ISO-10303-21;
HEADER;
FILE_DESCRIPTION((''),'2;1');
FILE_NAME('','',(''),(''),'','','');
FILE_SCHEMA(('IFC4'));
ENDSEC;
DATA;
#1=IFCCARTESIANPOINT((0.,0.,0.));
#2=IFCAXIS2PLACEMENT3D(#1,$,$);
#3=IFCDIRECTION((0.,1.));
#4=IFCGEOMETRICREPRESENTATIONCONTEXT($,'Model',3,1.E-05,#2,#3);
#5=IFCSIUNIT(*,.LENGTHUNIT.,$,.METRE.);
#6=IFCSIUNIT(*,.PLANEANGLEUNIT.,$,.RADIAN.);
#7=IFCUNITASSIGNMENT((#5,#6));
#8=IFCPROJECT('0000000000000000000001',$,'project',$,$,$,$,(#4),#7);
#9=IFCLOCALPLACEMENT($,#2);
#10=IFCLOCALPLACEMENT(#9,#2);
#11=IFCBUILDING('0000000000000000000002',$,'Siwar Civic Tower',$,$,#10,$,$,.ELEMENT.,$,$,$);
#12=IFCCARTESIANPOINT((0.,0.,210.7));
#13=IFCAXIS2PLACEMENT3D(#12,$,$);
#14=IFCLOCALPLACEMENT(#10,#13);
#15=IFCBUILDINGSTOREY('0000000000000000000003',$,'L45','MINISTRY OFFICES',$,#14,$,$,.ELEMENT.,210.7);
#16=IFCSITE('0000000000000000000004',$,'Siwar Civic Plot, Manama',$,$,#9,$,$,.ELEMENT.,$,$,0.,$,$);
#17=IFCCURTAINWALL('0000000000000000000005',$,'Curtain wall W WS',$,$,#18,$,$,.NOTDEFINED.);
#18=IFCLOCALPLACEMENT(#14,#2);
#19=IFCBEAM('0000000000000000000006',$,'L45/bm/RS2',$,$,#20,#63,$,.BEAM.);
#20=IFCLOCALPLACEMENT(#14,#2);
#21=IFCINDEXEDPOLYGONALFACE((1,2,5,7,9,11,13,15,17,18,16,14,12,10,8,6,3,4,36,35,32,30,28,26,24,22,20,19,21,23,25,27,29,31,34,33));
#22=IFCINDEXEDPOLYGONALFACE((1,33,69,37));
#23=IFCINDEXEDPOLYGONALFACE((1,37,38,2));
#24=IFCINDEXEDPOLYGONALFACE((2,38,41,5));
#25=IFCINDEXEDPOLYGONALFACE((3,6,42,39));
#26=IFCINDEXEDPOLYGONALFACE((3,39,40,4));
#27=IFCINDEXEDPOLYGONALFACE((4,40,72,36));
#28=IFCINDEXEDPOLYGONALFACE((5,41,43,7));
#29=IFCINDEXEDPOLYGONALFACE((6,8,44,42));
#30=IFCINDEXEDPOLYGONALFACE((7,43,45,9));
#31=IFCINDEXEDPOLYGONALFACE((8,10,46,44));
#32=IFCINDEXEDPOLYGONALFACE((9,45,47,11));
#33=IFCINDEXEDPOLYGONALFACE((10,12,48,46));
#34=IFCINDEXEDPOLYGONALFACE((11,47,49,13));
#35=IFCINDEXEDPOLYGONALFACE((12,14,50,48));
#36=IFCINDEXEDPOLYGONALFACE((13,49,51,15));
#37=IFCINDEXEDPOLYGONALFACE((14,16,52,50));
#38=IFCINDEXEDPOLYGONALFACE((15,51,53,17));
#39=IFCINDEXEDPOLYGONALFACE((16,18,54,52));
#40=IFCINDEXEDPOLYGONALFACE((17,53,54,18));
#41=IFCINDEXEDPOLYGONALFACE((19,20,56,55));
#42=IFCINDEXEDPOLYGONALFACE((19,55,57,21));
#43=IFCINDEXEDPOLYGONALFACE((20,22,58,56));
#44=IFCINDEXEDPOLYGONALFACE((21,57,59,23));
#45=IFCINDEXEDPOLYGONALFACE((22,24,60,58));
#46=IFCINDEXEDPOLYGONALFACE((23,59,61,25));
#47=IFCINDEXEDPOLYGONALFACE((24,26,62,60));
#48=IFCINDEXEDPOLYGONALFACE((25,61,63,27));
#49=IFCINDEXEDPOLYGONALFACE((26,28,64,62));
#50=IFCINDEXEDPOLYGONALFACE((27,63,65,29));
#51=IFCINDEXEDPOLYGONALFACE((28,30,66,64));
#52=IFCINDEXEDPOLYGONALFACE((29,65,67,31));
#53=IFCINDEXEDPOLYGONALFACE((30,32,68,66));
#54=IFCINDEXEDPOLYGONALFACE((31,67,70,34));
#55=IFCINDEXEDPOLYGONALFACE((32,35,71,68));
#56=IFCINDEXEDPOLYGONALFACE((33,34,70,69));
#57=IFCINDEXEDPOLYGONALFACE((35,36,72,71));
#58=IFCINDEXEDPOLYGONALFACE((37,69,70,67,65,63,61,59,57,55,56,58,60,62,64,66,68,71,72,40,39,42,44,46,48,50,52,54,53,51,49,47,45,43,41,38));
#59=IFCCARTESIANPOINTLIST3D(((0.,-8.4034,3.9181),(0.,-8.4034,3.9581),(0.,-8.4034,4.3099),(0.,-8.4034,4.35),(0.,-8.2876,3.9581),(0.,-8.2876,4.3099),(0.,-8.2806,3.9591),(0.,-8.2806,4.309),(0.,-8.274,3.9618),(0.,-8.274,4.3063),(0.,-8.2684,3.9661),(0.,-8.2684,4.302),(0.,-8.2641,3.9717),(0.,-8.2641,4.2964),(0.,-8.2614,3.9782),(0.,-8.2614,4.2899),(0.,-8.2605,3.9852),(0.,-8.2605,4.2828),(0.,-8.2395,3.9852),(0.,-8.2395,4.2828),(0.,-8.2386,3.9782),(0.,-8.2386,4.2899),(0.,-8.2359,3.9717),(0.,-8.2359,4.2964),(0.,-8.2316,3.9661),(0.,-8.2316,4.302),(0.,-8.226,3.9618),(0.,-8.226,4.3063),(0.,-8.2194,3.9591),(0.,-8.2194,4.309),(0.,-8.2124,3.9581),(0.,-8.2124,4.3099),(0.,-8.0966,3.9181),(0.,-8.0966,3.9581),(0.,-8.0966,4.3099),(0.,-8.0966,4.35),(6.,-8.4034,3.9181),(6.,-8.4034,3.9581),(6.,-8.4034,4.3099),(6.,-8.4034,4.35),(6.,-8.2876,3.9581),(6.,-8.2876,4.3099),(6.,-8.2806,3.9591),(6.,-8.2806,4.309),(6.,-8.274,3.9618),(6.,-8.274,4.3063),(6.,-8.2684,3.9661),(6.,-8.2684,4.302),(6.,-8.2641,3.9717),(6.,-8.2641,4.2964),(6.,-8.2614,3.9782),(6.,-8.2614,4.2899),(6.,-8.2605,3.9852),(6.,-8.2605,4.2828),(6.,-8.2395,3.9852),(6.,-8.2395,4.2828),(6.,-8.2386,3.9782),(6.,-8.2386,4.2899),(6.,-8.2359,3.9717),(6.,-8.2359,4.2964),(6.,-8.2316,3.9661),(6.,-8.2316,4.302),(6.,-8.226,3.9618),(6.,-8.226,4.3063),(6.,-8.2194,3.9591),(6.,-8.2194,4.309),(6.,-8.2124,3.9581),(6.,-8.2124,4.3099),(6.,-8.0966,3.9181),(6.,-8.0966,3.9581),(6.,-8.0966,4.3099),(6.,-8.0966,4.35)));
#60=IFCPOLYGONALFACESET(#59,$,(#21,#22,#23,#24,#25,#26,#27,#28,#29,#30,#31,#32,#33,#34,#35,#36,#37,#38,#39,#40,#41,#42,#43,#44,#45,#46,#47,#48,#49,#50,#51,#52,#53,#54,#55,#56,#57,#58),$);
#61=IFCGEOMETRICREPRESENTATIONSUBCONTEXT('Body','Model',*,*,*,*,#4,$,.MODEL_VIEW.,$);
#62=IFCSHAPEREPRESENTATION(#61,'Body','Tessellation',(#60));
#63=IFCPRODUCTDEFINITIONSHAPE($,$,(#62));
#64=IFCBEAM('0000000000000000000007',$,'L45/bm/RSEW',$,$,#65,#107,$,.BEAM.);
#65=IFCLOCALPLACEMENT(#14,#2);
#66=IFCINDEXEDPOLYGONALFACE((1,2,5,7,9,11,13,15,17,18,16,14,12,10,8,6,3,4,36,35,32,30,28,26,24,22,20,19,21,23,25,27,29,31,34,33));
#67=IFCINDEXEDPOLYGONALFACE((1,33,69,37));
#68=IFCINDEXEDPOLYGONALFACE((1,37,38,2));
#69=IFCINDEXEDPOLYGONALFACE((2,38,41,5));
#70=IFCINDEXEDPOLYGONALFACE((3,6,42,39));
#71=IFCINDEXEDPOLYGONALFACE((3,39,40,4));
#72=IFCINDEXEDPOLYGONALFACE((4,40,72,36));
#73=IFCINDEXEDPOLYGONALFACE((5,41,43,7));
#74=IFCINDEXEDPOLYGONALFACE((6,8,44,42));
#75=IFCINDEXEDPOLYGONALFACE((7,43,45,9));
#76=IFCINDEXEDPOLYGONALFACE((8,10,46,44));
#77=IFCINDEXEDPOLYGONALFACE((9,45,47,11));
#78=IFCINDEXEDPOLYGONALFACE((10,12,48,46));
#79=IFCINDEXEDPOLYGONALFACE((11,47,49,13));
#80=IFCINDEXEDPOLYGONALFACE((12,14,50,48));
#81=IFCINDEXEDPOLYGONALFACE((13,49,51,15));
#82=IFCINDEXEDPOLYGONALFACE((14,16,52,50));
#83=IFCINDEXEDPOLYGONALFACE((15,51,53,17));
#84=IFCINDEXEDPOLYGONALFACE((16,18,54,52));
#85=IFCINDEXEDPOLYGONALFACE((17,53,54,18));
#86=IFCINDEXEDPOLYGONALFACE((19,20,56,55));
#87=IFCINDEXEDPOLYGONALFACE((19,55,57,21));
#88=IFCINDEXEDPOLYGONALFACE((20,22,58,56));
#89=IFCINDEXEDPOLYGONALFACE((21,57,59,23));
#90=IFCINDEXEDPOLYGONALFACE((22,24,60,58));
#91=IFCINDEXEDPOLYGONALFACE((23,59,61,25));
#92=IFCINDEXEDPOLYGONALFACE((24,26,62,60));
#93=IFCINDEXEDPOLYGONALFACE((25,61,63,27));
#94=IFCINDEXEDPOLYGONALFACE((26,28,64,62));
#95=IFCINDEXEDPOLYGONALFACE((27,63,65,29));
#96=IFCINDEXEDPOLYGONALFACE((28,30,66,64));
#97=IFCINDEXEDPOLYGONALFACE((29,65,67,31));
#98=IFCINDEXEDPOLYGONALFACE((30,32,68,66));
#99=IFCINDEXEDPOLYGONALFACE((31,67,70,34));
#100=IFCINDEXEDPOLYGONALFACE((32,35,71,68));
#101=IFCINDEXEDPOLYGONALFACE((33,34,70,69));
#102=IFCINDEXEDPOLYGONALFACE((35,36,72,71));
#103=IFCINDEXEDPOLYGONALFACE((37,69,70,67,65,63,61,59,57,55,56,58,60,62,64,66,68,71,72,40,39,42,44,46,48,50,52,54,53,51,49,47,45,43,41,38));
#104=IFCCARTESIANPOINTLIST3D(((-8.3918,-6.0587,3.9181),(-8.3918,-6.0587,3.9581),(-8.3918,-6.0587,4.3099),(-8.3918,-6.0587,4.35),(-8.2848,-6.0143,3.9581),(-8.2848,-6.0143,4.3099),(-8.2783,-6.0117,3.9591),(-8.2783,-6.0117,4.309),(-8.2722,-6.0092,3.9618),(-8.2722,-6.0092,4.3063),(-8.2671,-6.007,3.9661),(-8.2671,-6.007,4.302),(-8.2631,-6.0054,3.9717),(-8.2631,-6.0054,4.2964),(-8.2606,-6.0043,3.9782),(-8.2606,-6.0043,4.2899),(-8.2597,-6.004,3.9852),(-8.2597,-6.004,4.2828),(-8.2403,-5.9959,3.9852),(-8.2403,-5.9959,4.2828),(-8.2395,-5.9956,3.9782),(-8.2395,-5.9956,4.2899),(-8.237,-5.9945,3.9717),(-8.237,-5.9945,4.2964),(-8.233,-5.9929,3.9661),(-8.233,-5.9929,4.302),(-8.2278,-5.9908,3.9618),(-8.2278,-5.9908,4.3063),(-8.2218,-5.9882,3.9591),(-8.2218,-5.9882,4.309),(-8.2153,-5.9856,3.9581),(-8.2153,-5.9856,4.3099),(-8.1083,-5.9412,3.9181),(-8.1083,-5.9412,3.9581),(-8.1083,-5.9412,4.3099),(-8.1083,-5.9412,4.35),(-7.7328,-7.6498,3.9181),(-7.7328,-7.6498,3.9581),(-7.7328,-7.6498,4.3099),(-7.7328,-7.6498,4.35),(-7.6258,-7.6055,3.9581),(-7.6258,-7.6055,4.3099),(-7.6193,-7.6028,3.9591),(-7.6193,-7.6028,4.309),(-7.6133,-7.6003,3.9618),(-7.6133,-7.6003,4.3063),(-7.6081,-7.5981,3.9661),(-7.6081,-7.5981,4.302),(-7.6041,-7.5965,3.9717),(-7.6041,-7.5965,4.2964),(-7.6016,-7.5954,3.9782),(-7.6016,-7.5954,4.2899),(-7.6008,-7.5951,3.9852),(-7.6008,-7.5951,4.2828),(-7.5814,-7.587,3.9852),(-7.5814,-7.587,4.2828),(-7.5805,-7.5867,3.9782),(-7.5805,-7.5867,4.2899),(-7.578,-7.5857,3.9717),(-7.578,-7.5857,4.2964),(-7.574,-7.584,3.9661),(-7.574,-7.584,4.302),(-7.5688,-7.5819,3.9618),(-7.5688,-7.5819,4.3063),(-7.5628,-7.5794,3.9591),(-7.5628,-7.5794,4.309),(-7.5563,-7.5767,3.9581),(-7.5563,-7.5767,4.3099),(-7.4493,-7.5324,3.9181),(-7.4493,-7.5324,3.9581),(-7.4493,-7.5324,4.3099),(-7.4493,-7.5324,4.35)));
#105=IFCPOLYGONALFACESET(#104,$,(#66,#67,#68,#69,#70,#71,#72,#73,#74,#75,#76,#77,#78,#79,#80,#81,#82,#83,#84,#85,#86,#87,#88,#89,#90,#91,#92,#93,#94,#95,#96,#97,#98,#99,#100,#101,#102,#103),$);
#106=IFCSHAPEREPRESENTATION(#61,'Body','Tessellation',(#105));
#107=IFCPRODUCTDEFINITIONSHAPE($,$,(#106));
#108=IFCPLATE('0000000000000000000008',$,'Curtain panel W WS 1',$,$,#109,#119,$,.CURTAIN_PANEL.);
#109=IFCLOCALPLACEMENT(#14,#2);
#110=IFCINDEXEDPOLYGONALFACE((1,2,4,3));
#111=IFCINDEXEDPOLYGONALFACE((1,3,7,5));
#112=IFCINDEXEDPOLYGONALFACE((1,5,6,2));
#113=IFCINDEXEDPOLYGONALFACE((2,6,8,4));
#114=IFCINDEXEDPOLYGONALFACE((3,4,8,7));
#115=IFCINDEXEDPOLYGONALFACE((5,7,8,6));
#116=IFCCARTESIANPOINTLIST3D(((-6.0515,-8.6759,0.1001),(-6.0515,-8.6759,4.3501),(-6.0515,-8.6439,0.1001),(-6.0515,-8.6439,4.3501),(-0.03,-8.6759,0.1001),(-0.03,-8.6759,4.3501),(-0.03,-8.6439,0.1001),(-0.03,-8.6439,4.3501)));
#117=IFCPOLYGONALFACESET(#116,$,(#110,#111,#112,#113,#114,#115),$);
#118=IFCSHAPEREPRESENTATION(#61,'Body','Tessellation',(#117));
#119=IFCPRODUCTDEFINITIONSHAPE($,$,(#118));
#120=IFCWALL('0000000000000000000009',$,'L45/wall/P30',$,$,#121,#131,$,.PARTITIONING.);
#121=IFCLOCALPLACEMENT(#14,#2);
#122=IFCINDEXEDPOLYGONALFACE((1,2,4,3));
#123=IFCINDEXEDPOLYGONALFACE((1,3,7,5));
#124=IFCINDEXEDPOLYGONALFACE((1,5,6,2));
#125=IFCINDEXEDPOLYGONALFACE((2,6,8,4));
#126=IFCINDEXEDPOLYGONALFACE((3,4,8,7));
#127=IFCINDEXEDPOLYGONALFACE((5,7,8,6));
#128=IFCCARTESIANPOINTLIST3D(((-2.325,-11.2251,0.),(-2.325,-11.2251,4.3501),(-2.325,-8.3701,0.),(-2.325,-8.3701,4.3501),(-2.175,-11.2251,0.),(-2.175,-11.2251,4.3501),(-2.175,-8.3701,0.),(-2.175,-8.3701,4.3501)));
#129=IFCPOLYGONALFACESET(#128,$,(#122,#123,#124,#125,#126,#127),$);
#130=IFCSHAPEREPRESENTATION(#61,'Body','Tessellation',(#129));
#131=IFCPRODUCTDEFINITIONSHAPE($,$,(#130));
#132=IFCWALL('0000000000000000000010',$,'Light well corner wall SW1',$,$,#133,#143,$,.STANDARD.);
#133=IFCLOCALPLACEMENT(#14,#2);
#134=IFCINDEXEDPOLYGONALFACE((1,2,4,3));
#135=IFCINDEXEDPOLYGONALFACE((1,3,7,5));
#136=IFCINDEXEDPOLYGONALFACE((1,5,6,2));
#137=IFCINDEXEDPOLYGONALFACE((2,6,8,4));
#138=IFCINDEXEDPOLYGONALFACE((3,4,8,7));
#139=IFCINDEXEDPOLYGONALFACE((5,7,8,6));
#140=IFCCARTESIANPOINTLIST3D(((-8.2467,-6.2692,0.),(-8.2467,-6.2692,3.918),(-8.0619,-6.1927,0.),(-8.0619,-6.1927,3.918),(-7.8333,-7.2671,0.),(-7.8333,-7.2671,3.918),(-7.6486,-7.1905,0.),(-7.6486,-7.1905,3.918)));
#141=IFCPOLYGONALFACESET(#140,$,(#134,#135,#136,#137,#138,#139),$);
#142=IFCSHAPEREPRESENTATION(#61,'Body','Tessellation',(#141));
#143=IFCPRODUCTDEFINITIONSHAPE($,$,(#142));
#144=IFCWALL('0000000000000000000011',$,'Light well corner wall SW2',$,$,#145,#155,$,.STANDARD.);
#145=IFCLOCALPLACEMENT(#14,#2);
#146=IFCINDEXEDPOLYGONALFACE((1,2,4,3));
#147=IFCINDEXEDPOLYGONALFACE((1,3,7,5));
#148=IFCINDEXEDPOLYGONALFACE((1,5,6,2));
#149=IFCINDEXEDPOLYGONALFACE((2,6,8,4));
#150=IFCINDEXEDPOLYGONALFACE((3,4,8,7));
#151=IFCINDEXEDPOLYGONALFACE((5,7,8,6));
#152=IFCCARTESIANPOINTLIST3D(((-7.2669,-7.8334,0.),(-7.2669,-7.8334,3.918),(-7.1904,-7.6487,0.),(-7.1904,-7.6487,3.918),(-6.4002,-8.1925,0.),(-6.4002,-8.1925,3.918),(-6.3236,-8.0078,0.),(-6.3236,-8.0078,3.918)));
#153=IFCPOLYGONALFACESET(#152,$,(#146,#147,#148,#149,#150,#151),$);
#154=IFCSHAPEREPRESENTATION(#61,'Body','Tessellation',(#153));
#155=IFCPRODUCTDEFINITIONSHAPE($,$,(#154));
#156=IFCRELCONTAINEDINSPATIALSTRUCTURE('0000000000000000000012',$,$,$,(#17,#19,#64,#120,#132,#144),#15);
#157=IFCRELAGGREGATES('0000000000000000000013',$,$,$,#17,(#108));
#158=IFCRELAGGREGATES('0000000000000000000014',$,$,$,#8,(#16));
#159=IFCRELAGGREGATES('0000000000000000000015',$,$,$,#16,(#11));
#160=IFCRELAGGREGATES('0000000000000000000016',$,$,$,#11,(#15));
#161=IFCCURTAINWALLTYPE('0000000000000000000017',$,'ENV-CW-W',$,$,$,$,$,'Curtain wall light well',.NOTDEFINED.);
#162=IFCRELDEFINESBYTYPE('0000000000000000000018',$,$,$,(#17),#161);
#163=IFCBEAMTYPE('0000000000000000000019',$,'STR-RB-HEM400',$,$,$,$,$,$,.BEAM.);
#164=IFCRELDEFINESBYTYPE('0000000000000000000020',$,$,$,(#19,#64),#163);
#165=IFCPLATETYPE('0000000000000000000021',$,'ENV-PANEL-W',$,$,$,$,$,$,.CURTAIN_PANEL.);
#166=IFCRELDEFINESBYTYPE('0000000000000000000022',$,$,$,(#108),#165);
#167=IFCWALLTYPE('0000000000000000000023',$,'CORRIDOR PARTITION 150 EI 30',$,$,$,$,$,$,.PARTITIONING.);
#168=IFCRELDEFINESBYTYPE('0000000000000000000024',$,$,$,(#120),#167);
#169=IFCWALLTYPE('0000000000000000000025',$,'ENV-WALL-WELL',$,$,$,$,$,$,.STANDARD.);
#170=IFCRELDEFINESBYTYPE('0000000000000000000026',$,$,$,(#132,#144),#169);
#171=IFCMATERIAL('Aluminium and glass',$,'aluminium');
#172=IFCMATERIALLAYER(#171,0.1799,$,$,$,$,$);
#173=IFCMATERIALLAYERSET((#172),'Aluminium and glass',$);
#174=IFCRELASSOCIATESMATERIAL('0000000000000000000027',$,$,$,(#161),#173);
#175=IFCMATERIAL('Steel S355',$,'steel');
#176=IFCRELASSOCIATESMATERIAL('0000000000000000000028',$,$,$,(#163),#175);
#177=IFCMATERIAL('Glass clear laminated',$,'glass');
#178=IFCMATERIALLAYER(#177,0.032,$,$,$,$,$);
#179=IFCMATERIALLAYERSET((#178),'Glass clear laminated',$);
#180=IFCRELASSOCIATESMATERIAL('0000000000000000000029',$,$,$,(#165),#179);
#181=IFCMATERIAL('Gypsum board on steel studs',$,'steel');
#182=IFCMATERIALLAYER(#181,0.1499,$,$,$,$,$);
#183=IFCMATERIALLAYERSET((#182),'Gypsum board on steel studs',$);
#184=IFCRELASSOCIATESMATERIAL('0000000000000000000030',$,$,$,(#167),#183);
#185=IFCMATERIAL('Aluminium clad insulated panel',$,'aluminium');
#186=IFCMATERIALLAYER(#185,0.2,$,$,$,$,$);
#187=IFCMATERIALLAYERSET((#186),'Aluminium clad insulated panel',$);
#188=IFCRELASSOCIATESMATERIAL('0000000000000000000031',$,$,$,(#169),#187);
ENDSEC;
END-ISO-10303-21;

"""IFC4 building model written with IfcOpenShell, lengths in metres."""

from ifc_helpers import new_model, si_unit, direction, frame, frame_2d, origin, origin_2d, place, context, subcontext, project, spatial, rectangle, i_section, extrude, material, layer, layer_set, material_profile, profile_set, type_object, element, aggregate, save


model = new_model("IFC4")

# Units and contexts
model_context = context("Model", 3, precision=1e-05, world=origin(), true_north=direction((0.0, 1.0)))
body_context = subcontext(model_context, "Body", "Model", "MODEL_VIEW")
ifc_project = project(units=[si_unit("LENGTHUNIT", "METRE"), si_unit("PLANEANGLEUNIT", "RADIAN")], contexts=[model_context])

# Site, building, storey
site_placement = place(None, origin())
site = spatial("IfcSite", under=ifc_project, at=site_placement, Name="Siwar Civic Plot, Manama", CompositionType="ELEMENT", RefElevation=0.0)
building_placement = place(site_placement, origin())
building = spatial("IfcBuilding", under=site, at=building_placement, Name="Siwar Civic Tower", CompositionType="ELEMENT")
storey_placement = place(building_placement, frame((0.0, 0.0, 210.7)))
storey = spatial("IfcBuildingStorey", under=building, at=storey_placement, Name="L45", Description="MINISTRY OFFICES", CompositionType="ELEMENT", Elevation=210.7)

# Curtain wall
ifc_material_1 = material(Name="Aluminium and glass", Category="aluminium")
ifc_layer_1 = layer(ifc_material_1, 0.1799)
ifc_layer_set_1 = layer_set([ifc_layer_1], Name="Aluminium and glass")
curtain_wall_type = type_object("IfcCurtainWallType", Name="ENV-CW-W", ElementType="Curtain wall light well", PredefinedType="NOTDEFINED", material=ifc_layer_set_1)
curtain_wall_placement = place(storey_placement, origin())
curtain_wall = element("IfcCurtainWall", 1, at=curtain_wall_placement, inside=storey, type_object=curtain_wall_type, Name="Curtain wall W WS", PredefinedType="NOTDEFINED")

# Beams
ifc_material_2 = material(Name="Steel S355", Category="steel")
ifc_material_profile_1 = material_profile(ifc_material_2, i_section(OverallWidth=0.3069, OverallDepth=0.4319, WebThickness=0.021, FlangeThickness=0.04, FilletRadius=0.0271, at=origin_2d()), Name="HEM400")
ifc_profile_set_1 = profile_set([ifc_material_profile_1], Name="Steel S355")
beam_type = type_object("IfcBeamType", Name="STR-RB-HEM400", PredefinedType="BEAM", material=ifc_profile_set_1)
for number, where, z_axis, x_axis, name in (
    (2, (0.0, -8.25, 4.134), (1.0, 0.0, 0.0), (0.0, 1.0, 0.0), "L45/bm/RS2"),
):
    element("IfcBeam", number, at=place(storey_placement, frame(where, z_axis=z_axis, x_axis=x_axis)), inside=storey, type_object=beam_type, Name=name, PredefinedType="BEAM", context=body_context, shape_type="SweptSolid", body=[
        extrude(i_section(OverallWidth=0.3069, OverallDepth=0.4319, WebThickness=0.021, FlangeThickness=0.04, FilletRadius=0.0271, at=origin_2d()), origin(), (0.0, 0.0, 1.0), 6.0),
    ])
beam_1_placement = place(storey_placement, frame((-7.5911, -7.5911, 4.134), z_axis=(-0.382631, 0.923901, 0.0), x_axis=(-0.923901, -0.382631, 0.0)))
element("IfcBeam", 3, at=beam_1_placement, inside=storey, type_object=beam_type, Name="L45/bm/RSEW", PredefinedType="BEAM", context=body_context, shape_type="SweptSolid", body=[
    extrude(i_section(OverallWidth=0.3069, OverallDepth=0.4319, WebThickness=0.021, FlangeThickness=0.04, FilletRadius=0.0271, at=origin_2d()), origin(), (0.0, 0.0, 1.0), 1.7222),
])

# Plate
ifc_material_3 = material(Name="Glass clear laminated", Category="glass")
ifc_layer_2 = layer(ifc_material_3, 0.032)
ifc_layer_set_2 = layer_set([ifc_layer_2], Name="Glass clear laminated")
plate_type = type_object("IfcPlateType", Name="ENV-PANEL-W", PredefinedType="CURTAIN_PANEL", material=ifc_layer_set_2)
plate_placement = place(storey_placement, frame((-3.0408, -8.6599, 0.1001), z_axis=(0.0, 0.0, 1.0), x_axis=(1.0, 0.0, 0.0)))
plate = element("IfcPlate", 4, at=plate_placement, type_object=plate_type, Name="Curtain panel W WS 1", PredefinedType="CURTAIN_PANEL", context=body_context, shape_type="SweptSolid", body=[
    extrude(rectangle(XDim=6.0215, YDim=0.032, at=origin_2d()), origin(), (0.0, 0.0, 1.0), 4.25),
])
aggregate(curtain_wall, [plate])

# Walls
ifc_material_4 = material(Name="Gypsum board on steel studs", Category="steel")
ifc_layer_3 = layer(ifc_material_4, 0.1499)
ifc_layer_set_3 = layer_set([ifc_layer_3], Name="Gypsum board on steel studs")
wall_type_1 = type_object("IfcWallType", Name="CORRIDOR PARTITION 150 EI 30", PredefinedType="PARTITIONING", material=ifc_layer_set_3)
wall_1_placement = place(storey_placement, frame((-2.25, -11.2251, 0.0), z_axis=(0.0, 0.0, 1.0), x_axis=(0.0, 1.0, 0.0)))
element("IfcWall", 5, at=wall_1_placement, inside=storey, type_object=wall_type_1, Name="L45/wall/P30", PredefinedType="PARTITIONING", context=body_context, shape_type="SweptSolid", body=[
    extrude(rectangle(XDim=2.855, YDim=0.1499, at=frame_2d((1.4275, 0.0))), origin(), (0.0, 0.0, 1.0), 4.3501),
])
ifc_material_5 = material(Name="Aluminium clad insulated panel", Category="aluminium")
ifc_layer_4 = layer(ifc_material_5, 0.2)
ifc_layer_set_4 = layer_set([ifc_layer_4], Name="Aluminium clad insulated panel")
wall_type_2 = type_object("IfcWallType", Name="ENV-WALL-WELL", PredefinedType="STANDARD", material=ifc_layer_set_4)
wall_2_placement = place(storey_placement, frame((-8.1543, -6.231, 0.0), z_axis=(0.0, 0.0, 1.0), x_axis=(0.382704, -0.923871, 0.0)))
element("IfcWall", 6, at=wall_2_placement, inside=storey, type_object=wall_type_2, Name="Light well corner wall SW1", PredefinedType="STANDARD", context=body_context, shape_type="SweptSolid", body=[
    extrude(rectangle(XDim=1.0801, YDim=0.2, at=frame_2d((0.54, 0.0))), origin(), (0.0, 0.0, 1.0), 3.918),
])
wall_3_placement = place(storey_placement, frame((-7.2288, -7.741, 0.0), z_axis=(0.0, 0.0, 1.0), x_axis=(0.92383, -0.382804, 0.0)))
element("IfcWall", 7, at=wall_3_placement, inside=storey, type_object=wall_type_2, Name="Light well corner wall SW2", PredefinedType="STANDARD", context=body_context, shape_type="SweptSolid", body=[
    extrude(rectangle(XDim=0.9382, YDim=0.2, at=frame_2d((0.4692, 0.0))), origin(), (0.0, 0.0, 1.0), 3.918),
])

save(model, "model.ifc")
